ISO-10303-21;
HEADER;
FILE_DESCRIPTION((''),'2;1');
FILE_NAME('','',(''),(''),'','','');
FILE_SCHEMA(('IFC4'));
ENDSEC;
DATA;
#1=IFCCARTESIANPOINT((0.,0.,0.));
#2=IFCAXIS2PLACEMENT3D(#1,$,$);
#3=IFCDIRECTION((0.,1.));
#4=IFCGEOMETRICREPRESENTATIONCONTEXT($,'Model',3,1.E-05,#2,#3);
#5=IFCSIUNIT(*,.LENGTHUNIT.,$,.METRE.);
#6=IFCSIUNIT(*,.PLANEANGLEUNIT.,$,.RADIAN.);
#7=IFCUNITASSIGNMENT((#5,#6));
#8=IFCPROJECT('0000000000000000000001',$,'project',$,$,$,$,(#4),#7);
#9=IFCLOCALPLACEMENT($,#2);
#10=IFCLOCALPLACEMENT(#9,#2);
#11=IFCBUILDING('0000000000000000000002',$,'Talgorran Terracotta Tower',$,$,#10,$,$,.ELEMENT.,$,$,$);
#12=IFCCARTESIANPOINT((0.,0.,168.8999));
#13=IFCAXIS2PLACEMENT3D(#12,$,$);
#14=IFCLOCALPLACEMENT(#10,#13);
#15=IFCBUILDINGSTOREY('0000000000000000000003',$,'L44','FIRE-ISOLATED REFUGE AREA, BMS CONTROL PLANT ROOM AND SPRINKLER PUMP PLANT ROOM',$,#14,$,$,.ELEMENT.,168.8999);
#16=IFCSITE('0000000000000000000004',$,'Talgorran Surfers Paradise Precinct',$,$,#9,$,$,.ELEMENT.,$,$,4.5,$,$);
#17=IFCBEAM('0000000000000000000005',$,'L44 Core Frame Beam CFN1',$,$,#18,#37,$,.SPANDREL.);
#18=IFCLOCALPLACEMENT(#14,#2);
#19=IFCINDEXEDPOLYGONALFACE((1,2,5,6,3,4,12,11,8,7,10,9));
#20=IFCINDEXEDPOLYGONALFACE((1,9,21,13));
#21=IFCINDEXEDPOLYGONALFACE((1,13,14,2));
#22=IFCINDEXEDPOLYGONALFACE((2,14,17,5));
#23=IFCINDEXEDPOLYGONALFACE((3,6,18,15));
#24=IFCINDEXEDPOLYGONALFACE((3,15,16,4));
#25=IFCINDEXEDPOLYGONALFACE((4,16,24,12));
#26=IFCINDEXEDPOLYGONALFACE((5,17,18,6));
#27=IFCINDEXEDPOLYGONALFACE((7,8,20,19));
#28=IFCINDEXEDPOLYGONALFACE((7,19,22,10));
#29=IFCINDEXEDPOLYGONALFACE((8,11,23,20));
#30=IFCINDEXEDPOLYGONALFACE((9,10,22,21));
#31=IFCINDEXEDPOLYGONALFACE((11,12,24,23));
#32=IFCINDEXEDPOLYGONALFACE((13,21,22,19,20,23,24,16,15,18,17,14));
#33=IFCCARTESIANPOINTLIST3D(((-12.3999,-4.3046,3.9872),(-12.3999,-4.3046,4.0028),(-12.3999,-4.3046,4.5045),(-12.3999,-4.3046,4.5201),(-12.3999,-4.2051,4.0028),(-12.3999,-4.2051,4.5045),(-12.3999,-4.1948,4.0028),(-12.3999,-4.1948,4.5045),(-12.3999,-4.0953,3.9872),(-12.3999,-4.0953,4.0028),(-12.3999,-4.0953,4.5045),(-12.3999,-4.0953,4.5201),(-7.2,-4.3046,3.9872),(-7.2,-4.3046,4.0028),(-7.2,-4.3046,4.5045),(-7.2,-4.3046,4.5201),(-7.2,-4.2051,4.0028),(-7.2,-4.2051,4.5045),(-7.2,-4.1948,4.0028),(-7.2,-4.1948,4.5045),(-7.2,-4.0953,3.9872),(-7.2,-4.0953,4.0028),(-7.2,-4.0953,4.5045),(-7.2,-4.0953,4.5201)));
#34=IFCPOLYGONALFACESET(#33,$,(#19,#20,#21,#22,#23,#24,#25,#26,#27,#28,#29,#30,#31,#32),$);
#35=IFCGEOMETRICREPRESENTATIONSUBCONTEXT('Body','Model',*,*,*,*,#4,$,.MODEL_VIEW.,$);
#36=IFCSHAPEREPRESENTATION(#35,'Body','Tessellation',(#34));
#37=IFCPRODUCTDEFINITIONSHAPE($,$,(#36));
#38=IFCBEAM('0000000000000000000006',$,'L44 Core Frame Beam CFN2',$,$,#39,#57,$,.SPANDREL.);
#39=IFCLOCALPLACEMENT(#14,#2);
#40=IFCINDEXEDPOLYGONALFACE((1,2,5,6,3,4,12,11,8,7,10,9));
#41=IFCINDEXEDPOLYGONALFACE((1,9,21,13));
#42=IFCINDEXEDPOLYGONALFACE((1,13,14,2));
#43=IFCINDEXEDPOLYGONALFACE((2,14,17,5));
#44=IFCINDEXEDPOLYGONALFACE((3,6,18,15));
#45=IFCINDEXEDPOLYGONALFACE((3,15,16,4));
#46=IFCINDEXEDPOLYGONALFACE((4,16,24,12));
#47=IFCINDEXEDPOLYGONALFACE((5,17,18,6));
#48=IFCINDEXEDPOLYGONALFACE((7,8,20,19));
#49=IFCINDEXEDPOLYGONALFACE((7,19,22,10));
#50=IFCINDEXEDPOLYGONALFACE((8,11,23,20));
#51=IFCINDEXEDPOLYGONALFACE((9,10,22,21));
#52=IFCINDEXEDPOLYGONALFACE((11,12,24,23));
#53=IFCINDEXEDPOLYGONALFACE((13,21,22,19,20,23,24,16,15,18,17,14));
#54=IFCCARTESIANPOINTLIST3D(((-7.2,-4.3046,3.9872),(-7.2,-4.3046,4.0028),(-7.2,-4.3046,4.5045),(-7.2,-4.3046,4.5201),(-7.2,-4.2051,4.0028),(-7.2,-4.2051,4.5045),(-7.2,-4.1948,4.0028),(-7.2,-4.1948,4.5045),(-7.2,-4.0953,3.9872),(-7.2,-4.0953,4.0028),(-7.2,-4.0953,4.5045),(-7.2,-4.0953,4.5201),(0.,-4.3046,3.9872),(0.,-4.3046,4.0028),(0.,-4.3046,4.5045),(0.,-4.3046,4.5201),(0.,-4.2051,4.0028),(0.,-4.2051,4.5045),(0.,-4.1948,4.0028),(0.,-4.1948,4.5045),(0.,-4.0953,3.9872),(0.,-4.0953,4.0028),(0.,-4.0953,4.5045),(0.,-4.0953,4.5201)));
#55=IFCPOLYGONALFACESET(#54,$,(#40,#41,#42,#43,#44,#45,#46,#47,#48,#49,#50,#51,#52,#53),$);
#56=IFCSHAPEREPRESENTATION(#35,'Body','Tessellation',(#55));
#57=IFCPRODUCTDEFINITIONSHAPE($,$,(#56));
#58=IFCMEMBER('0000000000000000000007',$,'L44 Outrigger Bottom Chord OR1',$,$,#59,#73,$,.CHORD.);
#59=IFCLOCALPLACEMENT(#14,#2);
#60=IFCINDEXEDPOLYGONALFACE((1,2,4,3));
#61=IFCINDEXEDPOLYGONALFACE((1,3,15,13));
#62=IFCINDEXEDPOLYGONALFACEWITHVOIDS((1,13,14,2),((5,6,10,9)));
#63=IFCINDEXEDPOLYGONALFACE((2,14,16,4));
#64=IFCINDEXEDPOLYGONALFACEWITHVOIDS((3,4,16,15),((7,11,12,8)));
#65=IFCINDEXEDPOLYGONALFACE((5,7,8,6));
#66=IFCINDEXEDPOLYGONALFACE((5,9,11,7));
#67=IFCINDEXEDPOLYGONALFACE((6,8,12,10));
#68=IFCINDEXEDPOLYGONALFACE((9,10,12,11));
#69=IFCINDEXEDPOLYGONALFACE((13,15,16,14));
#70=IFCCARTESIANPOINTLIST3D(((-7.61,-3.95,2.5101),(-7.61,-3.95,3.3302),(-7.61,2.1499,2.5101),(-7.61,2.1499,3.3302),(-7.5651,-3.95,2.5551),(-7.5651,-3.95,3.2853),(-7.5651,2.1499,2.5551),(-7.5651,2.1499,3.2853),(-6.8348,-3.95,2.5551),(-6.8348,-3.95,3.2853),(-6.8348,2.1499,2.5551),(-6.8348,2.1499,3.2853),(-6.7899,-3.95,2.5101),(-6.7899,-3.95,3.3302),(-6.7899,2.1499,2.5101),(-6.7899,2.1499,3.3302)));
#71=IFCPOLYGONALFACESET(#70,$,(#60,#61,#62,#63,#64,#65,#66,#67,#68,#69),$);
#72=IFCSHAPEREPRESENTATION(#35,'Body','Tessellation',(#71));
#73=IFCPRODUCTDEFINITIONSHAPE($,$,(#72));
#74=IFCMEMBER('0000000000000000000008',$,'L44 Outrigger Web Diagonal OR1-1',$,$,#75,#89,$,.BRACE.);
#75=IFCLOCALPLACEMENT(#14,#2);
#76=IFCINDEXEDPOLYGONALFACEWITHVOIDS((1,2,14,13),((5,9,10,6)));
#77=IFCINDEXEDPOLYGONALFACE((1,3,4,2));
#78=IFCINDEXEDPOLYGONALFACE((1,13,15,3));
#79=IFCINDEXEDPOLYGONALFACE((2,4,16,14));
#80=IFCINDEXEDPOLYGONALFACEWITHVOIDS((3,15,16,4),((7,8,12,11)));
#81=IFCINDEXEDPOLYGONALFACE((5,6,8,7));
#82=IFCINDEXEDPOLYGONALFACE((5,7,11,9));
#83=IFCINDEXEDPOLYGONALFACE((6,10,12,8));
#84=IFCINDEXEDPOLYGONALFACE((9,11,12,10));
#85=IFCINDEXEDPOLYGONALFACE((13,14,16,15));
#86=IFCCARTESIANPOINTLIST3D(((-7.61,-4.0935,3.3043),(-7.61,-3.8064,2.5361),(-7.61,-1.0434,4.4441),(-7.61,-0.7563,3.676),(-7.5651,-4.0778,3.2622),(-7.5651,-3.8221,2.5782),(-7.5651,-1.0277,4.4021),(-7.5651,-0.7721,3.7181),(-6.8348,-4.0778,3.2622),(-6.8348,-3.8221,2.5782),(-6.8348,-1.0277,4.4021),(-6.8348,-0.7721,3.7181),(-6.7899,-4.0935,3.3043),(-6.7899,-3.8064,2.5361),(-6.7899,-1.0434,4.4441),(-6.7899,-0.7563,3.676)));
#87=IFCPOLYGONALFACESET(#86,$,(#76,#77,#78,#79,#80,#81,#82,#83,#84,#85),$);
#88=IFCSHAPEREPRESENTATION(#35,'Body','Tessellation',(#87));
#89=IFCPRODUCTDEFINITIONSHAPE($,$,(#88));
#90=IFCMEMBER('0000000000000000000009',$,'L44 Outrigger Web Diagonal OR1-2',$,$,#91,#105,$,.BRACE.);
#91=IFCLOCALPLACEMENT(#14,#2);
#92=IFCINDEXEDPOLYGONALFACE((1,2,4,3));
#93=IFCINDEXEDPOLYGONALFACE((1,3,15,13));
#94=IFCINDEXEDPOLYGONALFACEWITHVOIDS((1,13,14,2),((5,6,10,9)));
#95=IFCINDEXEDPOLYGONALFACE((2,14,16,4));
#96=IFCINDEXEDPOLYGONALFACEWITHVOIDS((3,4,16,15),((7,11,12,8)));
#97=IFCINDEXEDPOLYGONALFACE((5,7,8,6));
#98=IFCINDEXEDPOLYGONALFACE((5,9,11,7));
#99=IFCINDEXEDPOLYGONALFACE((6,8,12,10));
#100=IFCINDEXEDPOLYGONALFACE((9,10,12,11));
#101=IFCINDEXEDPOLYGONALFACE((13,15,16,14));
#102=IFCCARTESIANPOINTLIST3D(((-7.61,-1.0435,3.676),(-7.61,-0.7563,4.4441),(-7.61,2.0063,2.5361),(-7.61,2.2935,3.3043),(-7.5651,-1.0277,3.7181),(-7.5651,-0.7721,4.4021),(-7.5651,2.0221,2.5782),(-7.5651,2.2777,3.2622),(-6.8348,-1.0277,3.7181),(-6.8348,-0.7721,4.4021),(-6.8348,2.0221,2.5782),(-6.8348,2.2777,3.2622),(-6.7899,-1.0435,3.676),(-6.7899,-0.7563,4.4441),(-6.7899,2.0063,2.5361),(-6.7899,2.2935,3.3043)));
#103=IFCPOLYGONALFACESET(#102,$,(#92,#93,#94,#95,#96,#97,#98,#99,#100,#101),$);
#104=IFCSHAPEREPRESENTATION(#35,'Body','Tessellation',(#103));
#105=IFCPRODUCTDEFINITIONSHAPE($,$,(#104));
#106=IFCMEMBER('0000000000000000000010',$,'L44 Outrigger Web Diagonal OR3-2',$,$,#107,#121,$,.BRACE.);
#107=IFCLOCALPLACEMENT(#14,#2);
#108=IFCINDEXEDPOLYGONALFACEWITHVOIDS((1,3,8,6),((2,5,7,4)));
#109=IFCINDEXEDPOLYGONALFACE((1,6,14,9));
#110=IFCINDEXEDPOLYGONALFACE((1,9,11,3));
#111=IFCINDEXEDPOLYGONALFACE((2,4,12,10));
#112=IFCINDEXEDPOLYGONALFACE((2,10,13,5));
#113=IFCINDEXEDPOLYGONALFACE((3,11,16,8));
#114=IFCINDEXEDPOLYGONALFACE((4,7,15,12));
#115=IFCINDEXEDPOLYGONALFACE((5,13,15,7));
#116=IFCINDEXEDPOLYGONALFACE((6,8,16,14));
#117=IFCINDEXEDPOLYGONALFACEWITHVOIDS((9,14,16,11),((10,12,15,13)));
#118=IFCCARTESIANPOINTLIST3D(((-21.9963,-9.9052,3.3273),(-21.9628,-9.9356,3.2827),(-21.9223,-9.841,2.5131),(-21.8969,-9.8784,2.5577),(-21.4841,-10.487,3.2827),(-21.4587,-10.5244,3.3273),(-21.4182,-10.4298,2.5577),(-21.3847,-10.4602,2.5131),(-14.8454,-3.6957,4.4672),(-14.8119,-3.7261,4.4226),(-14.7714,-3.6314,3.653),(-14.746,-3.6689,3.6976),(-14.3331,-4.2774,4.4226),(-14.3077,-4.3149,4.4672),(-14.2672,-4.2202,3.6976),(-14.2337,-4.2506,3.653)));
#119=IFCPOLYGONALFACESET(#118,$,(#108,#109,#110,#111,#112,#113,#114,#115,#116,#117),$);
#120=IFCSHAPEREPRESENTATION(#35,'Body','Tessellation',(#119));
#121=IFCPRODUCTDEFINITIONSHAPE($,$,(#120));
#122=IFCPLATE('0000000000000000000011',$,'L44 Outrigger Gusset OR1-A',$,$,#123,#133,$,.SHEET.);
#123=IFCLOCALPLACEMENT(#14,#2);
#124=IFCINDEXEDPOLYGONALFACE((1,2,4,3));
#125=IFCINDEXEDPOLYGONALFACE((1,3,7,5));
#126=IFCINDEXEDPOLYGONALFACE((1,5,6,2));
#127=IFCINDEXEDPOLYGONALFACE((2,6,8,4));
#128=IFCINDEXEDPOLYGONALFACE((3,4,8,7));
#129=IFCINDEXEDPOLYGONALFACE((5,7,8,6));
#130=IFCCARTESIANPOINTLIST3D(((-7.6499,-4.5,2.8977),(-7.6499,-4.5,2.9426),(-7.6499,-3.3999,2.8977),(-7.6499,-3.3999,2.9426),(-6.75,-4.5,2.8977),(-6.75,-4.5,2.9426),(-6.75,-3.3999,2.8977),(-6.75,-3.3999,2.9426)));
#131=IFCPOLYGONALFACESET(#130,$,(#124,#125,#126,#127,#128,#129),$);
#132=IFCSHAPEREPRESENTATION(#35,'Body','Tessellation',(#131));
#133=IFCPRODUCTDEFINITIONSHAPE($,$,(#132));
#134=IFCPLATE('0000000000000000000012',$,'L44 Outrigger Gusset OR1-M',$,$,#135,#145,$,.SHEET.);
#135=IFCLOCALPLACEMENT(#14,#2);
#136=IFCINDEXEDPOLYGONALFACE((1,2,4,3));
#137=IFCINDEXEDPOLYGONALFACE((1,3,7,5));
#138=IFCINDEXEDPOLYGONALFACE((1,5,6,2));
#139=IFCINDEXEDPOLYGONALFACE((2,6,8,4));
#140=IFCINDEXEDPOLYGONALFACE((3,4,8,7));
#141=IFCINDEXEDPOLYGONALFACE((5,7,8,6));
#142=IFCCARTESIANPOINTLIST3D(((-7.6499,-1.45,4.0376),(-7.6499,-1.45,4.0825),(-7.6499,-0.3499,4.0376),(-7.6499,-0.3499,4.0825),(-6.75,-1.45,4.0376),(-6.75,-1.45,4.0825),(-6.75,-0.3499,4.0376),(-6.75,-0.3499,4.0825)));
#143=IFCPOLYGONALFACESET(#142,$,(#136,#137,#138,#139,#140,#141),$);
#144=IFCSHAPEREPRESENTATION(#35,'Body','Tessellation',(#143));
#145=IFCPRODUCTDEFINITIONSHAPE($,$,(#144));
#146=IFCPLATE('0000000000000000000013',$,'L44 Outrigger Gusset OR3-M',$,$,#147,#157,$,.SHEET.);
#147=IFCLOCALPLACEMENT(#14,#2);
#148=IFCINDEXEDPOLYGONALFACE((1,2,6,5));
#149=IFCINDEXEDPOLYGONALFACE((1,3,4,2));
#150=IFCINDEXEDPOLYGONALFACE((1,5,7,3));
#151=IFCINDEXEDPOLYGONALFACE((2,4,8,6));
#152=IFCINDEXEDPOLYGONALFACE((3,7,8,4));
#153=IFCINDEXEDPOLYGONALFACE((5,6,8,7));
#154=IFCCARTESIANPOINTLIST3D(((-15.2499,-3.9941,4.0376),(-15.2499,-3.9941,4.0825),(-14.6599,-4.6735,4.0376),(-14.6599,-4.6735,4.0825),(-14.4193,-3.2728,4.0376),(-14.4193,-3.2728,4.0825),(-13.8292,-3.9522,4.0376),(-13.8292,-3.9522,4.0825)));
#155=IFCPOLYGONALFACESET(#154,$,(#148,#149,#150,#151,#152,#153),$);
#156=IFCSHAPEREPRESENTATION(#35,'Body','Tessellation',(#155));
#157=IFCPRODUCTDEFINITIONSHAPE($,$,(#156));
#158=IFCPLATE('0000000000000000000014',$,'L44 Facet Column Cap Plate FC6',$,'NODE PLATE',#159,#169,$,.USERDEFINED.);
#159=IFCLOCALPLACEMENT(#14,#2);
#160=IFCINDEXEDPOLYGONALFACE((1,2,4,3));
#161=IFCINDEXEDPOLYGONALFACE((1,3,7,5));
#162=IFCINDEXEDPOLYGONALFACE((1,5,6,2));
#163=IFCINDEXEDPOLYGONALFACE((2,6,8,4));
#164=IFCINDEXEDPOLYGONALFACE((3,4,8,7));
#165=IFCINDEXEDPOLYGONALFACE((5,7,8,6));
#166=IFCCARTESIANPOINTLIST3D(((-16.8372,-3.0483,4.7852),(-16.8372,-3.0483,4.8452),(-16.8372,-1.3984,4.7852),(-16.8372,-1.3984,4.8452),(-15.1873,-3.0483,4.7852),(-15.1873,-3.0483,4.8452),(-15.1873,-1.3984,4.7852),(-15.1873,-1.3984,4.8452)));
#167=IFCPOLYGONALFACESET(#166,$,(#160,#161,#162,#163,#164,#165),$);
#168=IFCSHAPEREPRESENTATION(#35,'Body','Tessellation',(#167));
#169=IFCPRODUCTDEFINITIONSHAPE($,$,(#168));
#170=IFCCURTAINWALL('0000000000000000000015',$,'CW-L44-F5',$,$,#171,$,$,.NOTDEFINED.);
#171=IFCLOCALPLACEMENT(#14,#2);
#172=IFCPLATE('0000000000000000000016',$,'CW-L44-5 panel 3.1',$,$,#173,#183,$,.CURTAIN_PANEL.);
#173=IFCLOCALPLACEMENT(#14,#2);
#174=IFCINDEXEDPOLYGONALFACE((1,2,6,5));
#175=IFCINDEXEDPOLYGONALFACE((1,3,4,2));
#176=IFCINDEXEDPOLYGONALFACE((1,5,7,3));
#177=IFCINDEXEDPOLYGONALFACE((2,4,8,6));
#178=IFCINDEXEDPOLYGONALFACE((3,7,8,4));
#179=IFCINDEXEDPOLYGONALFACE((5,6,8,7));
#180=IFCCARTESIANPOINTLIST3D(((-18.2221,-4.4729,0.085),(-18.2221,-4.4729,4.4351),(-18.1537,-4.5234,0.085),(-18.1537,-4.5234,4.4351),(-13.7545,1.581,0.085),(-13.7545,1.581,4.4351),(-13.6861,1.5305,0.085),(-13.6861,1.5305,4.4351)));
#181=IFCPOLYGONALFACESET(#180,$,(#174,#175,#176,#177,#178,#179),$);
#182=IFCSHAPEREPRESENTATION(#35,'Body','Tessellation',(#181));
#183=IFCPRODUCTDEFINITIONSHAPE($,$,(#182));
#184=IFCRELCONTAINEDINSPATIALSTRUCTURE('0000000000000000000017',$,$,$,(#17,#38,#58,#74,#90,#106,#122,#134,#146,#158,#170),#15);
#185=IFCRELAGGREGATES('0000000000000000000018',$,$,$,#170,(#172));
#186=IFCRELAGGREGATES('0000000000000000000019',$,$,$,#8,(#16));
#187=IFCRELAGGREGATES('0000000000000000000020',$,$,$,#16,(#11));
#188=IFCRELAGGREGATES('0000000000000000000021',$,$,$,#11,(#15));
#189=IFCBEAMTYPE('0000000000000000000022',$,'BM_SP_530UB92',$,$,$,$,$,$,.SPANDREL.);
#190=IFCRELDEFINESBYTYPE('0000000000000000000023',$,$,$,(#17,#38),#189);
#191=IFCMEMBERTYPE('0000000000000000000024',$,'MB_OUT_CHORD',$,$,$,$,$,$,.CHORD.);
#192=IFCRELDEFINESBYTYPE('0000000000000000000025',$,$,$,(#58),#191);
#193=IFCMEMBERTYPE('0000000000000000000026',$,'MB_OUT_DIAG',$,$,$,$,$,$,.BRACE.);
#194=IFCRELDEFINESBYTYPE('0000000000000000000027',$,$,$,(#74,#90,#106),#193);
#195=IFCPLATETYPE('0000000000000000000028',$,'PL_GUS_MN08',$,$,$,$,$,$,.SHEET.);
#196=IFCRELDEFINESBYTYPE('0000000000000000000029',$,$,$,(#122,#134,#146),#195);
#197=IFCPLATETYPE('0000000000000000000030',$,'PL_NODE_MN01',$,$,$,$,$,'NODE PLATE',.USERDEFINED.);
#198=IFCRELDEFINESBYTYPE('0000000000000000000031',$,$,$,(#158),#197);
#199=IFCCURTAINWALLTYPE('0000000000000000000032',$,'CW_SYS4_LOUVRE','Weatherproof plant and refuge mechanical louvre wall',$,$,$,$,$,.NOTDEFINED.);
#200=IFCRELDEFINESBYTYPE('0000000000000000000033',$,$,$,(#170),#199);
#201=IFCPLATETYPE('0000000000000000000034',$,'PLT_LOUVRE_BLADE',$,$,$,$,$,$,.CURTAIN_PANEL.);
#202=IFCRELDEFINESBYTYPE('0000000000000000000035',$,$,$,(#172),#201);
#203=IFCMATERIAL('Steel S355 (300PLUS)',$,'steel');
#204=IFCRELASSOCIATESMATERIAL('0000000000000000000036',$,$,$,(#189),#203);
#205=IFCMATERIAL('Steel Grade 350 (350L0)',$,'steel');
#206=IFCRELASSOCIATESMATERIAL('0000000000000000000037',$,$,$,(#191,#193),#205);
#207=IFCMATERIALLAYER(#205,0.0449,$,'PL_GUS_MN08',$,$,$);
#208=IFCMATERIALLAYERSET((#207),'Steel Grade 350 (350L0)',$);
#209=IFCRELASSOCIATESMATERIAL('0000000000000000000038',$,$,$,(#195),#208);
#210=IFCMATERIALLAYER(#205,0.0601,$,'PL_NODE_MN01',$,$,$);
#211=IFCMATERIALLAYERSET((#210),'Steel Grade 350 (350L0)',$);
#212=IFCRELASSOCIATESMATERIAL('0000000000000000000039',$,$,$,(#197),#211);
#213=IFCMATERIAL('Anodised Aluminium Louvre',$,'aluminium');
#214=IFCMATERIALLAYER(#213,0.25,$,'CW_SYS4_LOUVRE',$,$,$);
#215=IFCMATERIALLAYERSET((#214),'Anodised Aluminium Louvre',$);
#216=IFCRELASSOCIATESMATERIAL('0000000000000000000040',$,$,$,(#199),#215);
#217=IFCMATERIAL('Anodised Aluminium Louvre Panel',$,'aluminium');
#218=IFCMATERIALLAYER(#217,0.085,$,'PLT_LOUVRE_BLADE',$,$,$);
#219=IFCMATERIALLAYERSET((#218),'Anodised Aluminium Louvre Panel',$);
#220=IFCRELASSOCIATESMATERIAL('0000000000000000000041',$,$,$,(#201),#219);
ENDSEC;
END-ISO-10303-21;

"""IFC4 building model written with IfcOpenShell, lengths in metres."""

from ifc_helpers import new_model, si_unit, direction, frame, origin, origin_2d, place, context, subcontext, project, spatial, rectangle, hollow_rectangle, i_section, extrude, source, transform, mapped, material, layer, layer_set, material_profile, profile_set, type_object, type_shapes, element, aggregate, save


model = new_model("IFC4")

# Units and contexts
model_context = context("Model", 3, precision=1e-05, world=origin(), true_north=direction((0.0, 1.0)))
body_context = subcontext(model_context, "Body", "Model", "MODEL_VIEW")
ifc_project = project(units=[si_unit("LENGTHUNIT", "METRE"), si_unit("PLANEANGLEUNIT", "RADIAN")], contexts=[model_context])

# Site, building, storey
site_placement = place(None, origin())
site = spatial("IfcSite", under=ifc_project, at=site_placement, Name="Talgorran Surfers Paradise Precinct", CompositionType="ELEMENT", RefElevation=4.5)
building_placement = place(site_placement, origin())
building = spatial("IfcBuilding", under=site, at=building_placement, Name="Talgorran Terracotta Tower", CompositionType="ELEMENT")
storey_placement = place(building_placement, frame((0.0, 0.0, 168.8999)))
storey = spatial("IfcBuildingStorey", under=building, at=storey_placement, Name="L44", Description="FIRE-ISOLATED REFUGE AREA, BMS CONTROL PLANT ROOM AND SPRINKLER PUMP PLANT ROOM", CompositionType="ELEMENT", Elevation=168.8999)

# Shared definitions
ifc_material_1 = material(Name="Steel S355 (300PLUS)", Category="steel")
ifc_material_2 = material(Name="Steel Grade 350 (350L0)", Category="steel")

# Beams
ifc_material_profile_1 = material_profile(ifc_material_1, i_section(OverallWidth=0.2092, OverallDepth=0.533, WebThickness=0.0103, FlangeThickness=0.0156, at=origin_2d()), Name="530UB92.4")
ifc_profile_set_1 = profile_set([ifc_material_profile_1], Name="Steel S355 (300PLUS)")
beam_type_1 = type_object("IfcBeamType", Name="BM_SP_530UB92", PredefinedType="SPANDREL", material=ifc_profile_set_1)
beam_1_placement = place(storey_placement, frame((-12.3999, -4.2, 4.2537), z_axis=(1.0, 0.0, 0.0), x_axis=(0.0, 1.0, 0.0)))
element("IfcBeam", 1, at=beam_1_placement, inside=storey, type_object=beam_type_1, Name="L44 Core Frame Beam CFN1", PredefinedType="SPANDREL", context=body_context, shape_type="SweptSolid", body=[
    extrude(i_section(OverallWidth=0.2092, OverallDepth=0.533, WebThickness=0.0103, FlangeThickness=0.0156, at=origin_2d()), origin(), (0.0, 0.0, 1.0), 5.2),
])
beam_2_placement = place(storey_placement, frame((-7.2, -4.2, 4.2537), z_axis=(1.0, 0.0, 0.0), x_axis=(0.0, 1.0, 0.0)))
element("IfcBeam", 2, at=beam_2_placement, inside=storey, type_object=beam_type_1, Name="L44 Core Frame Beam CFN2", PredefinedType="SPANDREL", context=body_context, shape_type="SweptSolid", body=[
    extrude(i_section(OverallWidth=0.2092, OverallDepth=0.533, WebThickness=0.0103, FlangeThickness=0.0156, at=origin_2d()), origin(), (0.0, 0.0, 1.0), 7.2),
])

# Members
ifc_material_profile_2 = material_profile(ifc_material_2, hollow_rectangle(XDim=0.8201, YDim=0.8201, WallThickness=0.0449, at=origin_2d()), Name="WBOX820X820X45")
ifc_profile_set_2 = profile_set([ifc_material_profile_2], Name="Steel Grade 350 (350L0)")
member_type_1 = type_object("IfcMemberType", Name="MB_OUT_CHORD", PredefinedType="CHORD", material=ifc_profile_set_2)
member_1_placement = place(storey_placement, frame((-7.2, -3.95, 2.9202), z_axis=(0.0, 1.0, 0.0), x_axis=(-1.0, 0.0, 0.0)))
element("IfcMember", 3, at=member_1_placement, inside=storey, type_object=member_type_1, Name="L44 Outrigger Bottom Chord OR1", PredefinedType="CHORD", context=body_context, shape_type="SweptSolid", body=[
    extrude(hollow_rectangle(XDim=0.8201, YDim=0.8201, WallThickness=0.0449, at=origin_2d()), origin(), (0.0, 0.0, 1.0), 6.0999),
])
ifc_material_profile_3 = material_profile(ifc_material_2, hollow_rectangle(XDim=0.8201, YDim=0.8201, WallThickness=0.0449, at=origin_2d()), Name="WBOX820X820X45")
ifc_profile_set_3 = profile_set([ifc_material_profile_3], Name="Steel Grade 350 (350L0)")
member_type_2 = type_object("IfcMemberType", Name="MB_OUT_DIAG", PredefinedType="BRACE", material=ifc_profile_set_3)
member_2_placement = place(storey_placement, frame((-7.2, -3.95, 2.9202), z_axis=(0.0, 0.93672, 0.35008), x_axis=(-1.0, 0.0, 0.0)))
element("IfcMember", 4, at=member_2_placement, inside=storey, type_object=member_type_2, Name="L44 Outrigger Web Diagonal OR1-1", PredefinedType="BRACE", context=body_context, shape_type="SweptSolid", body=[
    extrude(hollow_rectangle(XDim=0.8201, YDim=0.8201, WallThickness=0.0449, at=origin_2d()), origin(), (0.0, 0.0, 1.0), 3.2561),
])
member_3_placement = place(storey_placement, frame((-7.2, -0.8999, 4.0601), z_axis=(0.0, 0.936711, -0.350104), x_axis=(-1.0, 0.0, 0.0)))
element("IfcMember", 5, at=member_3_placement, inside=storey, type_object=member_type_2, Name="L44 Outrigger Web Diagonal OR1-2", PredefinedType="BRACE", context=body_context, shape_type="SweptSolid", body=[
    extrude(hollow_rectangle(XDim=0.8201, YDim=0.8201, WallThickness=0.0449, at=origin_2d()), origin(), (0.0, 0.0, 1.0), 3.2559),
])
member_4_placement = place(storey_placement, frame((-14.5396, -3.9731, 4.0601), z_axis=(-0.749649, -0.650958, -0.119498), x_axis=(0.655656, -0.755059, 0.0)))
element("IfcMember", 6, at=member_4_placement, inside=storey, type_object=member_type_2, Name="L44 Outrigger Web Diagonal OR3-2", PredefinedType="BRACE", context=body_context, shape_type="SweptSolid", body=[
    extrude(hollow_rectangle(XDim=0.8201, YDim=0.8201, WallThickness=0.0449, at=origin_2d()), origin(), (0.0, 0.0, 1.0), 9.5391),
])

# Plates
ifc_layer_1 = layer(ifc_material_2, 0.0449, Name="PL_GUS_MN08")
ifc_layer_set_1 = layer_set([ifc_layer_1], Name="Steel Grade 350 (350L0)")
plate_type_1 = type_object("IfcPlateType", Name="PL_GUS_MN08", PredefinedType="SHEET", material=ifc_layer_set_1)
for number, where, z_axis, x_axis, name in (
    (7, (-7.2, -3.95, 2.8977), (0.0, 0.0, 1.0), (0.0, 1.0, 0.0), "L44 Outrigger Gusset OR1-A"),
    (8, (-7.2, -0.8999, 4.0376), (0.0, 0.0, 1.0), (0.0, 1.0, 0.0), "L44 Outrigger Gusset OR1-M"),
    (9, (-14.5396, -3.9731, 4.0376), (0.0, 0.0, 1.0), (-0.755053, -0.655664, 0.0), "L44 Outrigger Gusset OR3-M"),
):
    element("IfcPlate", number, at=place(storey_placement, frame(where, z_axis=z_axis, x_axis=x_axis)), inside=storey, type_object=plate_type_1, Name=name, PredefinedType="SHEET", context=body_context, shape_type="SweptSolid", body=[
        extrude(rectangle(XDim=1.1001, YDim=0.8999, at=origin_2d()), origin(), (0.0, 0.0, 1.0), 0.0449),
    ])
ifc_layer_2 = layer(ifc_material_2, 0.0601, Name="PL_NODE_MN01")
ifc_layer_set_2 = layer_set([ifc_layer_2], Name="Steel Grade 350 (350L0)")
plate_type_2 = type_object("IfcPlateType", Name="PL_NODE_MN01", ElementType="NODE PLATE", PredefinedType="USERDEFINED", material=ifc_layer_set_2)
plate_1_placement = place(storey_placement, frame((-16.0122, -2.2234, 4.7852), z_axis=(0.0, 0.0, 1.0), x_axis=(1.0, 0.0, 0.0)))
element("IfcPlate", 10, at=plate_1_placement, inside=storey, type_object=plate_type_2, Name="L44 Facet Column Cap Plate FC6", ObjectType="NODE PLATE", PredefinedType="USERDEFINED", context=body_context, shape_type="SweptSolid", body=[
    extrude(rectangle(XDim=1.6499, YDim=1.6499, at=origin_2d()), origin(), (0.0, 0.0, 1.0), 0.0601),
])

# Curtain wall, plate
ifc_material_3 = material(Name="Anodised Aluminium Louvre", Category="aluminium")
ifc_layer_3 = layer(ifc_material_3, 0.25, Name="CW_SYS4_LOUVRE")
ifc_layer_set_3 = layer_set([ifc_layer_3], Name="Anodised Aluminium Louvre")
curtain_wall_type = type_object("IfcCurtainWallType", Name="CW_SYS4_LOUVRE", Description="Weatherproof plant and refuge mechanical louvre wall", PredefinedType="NOTDEFINED", material=ifc_layer_set_3)
curtain_wall_placement = place(storey_placement, origin())
curtain_wall = element("IfcCurtainWall", 11, at=curtain_wall_placement, inside=storey, type_object=curtain_wall_type, Name="CW-L44-F5", PredefinedType="NOTDEFINED")
ifc_material_4 = material(Name="Anodised Aluminium Louvre Panel", Category="aluminium")
ifc_layer_4 = layer(ifc_material_4, 0.085, Name="PLT_LOUVRE_BLADE")
ifc_layer_set_4 = layer_set([ifc_layer_4], Name="Anodised Aluminium Louvre Panel")
plate_type_3 = type_object("IfcPlateType", Name="PLT_LOUVRE_BLADE", PredefinedType="CURTAIN_PANEL", material=ifc_layer_set_4)
shared_shape = source(origin(), body_context, "Body", "SweptSolid", [
    extrude(rectangle(XDim=7.5239, YDim=0.085, at=origin_2d()), origin(), (0.0, 0.0, 1.0), 4.3501),
])
type_shapes(plate_type_3, [shared_shape])
plate_2_placement = place(storey_placement, frame((-15.9541, -1.4712, 0.085), z_axis=(0.0, 0.0, 1.0), x_axis=(-0.593787, -0.804622, 0.0)))
plate_2 = element("IfcPlate", 12, at=plate_2_placement, type_object=plate_type_3, Name="CW-L44-5 panel 3.1", PredefinedType="CURTAIN_PANEL", context=body_context, shape_type="MappedRepresentation", body=[
    mapped(shared_shape, transform((0.0, 0.0, 0.0), scale=1.0)),
])
aggregate(curtain_wall, [plate_2])

save(model, "model.ifc")
